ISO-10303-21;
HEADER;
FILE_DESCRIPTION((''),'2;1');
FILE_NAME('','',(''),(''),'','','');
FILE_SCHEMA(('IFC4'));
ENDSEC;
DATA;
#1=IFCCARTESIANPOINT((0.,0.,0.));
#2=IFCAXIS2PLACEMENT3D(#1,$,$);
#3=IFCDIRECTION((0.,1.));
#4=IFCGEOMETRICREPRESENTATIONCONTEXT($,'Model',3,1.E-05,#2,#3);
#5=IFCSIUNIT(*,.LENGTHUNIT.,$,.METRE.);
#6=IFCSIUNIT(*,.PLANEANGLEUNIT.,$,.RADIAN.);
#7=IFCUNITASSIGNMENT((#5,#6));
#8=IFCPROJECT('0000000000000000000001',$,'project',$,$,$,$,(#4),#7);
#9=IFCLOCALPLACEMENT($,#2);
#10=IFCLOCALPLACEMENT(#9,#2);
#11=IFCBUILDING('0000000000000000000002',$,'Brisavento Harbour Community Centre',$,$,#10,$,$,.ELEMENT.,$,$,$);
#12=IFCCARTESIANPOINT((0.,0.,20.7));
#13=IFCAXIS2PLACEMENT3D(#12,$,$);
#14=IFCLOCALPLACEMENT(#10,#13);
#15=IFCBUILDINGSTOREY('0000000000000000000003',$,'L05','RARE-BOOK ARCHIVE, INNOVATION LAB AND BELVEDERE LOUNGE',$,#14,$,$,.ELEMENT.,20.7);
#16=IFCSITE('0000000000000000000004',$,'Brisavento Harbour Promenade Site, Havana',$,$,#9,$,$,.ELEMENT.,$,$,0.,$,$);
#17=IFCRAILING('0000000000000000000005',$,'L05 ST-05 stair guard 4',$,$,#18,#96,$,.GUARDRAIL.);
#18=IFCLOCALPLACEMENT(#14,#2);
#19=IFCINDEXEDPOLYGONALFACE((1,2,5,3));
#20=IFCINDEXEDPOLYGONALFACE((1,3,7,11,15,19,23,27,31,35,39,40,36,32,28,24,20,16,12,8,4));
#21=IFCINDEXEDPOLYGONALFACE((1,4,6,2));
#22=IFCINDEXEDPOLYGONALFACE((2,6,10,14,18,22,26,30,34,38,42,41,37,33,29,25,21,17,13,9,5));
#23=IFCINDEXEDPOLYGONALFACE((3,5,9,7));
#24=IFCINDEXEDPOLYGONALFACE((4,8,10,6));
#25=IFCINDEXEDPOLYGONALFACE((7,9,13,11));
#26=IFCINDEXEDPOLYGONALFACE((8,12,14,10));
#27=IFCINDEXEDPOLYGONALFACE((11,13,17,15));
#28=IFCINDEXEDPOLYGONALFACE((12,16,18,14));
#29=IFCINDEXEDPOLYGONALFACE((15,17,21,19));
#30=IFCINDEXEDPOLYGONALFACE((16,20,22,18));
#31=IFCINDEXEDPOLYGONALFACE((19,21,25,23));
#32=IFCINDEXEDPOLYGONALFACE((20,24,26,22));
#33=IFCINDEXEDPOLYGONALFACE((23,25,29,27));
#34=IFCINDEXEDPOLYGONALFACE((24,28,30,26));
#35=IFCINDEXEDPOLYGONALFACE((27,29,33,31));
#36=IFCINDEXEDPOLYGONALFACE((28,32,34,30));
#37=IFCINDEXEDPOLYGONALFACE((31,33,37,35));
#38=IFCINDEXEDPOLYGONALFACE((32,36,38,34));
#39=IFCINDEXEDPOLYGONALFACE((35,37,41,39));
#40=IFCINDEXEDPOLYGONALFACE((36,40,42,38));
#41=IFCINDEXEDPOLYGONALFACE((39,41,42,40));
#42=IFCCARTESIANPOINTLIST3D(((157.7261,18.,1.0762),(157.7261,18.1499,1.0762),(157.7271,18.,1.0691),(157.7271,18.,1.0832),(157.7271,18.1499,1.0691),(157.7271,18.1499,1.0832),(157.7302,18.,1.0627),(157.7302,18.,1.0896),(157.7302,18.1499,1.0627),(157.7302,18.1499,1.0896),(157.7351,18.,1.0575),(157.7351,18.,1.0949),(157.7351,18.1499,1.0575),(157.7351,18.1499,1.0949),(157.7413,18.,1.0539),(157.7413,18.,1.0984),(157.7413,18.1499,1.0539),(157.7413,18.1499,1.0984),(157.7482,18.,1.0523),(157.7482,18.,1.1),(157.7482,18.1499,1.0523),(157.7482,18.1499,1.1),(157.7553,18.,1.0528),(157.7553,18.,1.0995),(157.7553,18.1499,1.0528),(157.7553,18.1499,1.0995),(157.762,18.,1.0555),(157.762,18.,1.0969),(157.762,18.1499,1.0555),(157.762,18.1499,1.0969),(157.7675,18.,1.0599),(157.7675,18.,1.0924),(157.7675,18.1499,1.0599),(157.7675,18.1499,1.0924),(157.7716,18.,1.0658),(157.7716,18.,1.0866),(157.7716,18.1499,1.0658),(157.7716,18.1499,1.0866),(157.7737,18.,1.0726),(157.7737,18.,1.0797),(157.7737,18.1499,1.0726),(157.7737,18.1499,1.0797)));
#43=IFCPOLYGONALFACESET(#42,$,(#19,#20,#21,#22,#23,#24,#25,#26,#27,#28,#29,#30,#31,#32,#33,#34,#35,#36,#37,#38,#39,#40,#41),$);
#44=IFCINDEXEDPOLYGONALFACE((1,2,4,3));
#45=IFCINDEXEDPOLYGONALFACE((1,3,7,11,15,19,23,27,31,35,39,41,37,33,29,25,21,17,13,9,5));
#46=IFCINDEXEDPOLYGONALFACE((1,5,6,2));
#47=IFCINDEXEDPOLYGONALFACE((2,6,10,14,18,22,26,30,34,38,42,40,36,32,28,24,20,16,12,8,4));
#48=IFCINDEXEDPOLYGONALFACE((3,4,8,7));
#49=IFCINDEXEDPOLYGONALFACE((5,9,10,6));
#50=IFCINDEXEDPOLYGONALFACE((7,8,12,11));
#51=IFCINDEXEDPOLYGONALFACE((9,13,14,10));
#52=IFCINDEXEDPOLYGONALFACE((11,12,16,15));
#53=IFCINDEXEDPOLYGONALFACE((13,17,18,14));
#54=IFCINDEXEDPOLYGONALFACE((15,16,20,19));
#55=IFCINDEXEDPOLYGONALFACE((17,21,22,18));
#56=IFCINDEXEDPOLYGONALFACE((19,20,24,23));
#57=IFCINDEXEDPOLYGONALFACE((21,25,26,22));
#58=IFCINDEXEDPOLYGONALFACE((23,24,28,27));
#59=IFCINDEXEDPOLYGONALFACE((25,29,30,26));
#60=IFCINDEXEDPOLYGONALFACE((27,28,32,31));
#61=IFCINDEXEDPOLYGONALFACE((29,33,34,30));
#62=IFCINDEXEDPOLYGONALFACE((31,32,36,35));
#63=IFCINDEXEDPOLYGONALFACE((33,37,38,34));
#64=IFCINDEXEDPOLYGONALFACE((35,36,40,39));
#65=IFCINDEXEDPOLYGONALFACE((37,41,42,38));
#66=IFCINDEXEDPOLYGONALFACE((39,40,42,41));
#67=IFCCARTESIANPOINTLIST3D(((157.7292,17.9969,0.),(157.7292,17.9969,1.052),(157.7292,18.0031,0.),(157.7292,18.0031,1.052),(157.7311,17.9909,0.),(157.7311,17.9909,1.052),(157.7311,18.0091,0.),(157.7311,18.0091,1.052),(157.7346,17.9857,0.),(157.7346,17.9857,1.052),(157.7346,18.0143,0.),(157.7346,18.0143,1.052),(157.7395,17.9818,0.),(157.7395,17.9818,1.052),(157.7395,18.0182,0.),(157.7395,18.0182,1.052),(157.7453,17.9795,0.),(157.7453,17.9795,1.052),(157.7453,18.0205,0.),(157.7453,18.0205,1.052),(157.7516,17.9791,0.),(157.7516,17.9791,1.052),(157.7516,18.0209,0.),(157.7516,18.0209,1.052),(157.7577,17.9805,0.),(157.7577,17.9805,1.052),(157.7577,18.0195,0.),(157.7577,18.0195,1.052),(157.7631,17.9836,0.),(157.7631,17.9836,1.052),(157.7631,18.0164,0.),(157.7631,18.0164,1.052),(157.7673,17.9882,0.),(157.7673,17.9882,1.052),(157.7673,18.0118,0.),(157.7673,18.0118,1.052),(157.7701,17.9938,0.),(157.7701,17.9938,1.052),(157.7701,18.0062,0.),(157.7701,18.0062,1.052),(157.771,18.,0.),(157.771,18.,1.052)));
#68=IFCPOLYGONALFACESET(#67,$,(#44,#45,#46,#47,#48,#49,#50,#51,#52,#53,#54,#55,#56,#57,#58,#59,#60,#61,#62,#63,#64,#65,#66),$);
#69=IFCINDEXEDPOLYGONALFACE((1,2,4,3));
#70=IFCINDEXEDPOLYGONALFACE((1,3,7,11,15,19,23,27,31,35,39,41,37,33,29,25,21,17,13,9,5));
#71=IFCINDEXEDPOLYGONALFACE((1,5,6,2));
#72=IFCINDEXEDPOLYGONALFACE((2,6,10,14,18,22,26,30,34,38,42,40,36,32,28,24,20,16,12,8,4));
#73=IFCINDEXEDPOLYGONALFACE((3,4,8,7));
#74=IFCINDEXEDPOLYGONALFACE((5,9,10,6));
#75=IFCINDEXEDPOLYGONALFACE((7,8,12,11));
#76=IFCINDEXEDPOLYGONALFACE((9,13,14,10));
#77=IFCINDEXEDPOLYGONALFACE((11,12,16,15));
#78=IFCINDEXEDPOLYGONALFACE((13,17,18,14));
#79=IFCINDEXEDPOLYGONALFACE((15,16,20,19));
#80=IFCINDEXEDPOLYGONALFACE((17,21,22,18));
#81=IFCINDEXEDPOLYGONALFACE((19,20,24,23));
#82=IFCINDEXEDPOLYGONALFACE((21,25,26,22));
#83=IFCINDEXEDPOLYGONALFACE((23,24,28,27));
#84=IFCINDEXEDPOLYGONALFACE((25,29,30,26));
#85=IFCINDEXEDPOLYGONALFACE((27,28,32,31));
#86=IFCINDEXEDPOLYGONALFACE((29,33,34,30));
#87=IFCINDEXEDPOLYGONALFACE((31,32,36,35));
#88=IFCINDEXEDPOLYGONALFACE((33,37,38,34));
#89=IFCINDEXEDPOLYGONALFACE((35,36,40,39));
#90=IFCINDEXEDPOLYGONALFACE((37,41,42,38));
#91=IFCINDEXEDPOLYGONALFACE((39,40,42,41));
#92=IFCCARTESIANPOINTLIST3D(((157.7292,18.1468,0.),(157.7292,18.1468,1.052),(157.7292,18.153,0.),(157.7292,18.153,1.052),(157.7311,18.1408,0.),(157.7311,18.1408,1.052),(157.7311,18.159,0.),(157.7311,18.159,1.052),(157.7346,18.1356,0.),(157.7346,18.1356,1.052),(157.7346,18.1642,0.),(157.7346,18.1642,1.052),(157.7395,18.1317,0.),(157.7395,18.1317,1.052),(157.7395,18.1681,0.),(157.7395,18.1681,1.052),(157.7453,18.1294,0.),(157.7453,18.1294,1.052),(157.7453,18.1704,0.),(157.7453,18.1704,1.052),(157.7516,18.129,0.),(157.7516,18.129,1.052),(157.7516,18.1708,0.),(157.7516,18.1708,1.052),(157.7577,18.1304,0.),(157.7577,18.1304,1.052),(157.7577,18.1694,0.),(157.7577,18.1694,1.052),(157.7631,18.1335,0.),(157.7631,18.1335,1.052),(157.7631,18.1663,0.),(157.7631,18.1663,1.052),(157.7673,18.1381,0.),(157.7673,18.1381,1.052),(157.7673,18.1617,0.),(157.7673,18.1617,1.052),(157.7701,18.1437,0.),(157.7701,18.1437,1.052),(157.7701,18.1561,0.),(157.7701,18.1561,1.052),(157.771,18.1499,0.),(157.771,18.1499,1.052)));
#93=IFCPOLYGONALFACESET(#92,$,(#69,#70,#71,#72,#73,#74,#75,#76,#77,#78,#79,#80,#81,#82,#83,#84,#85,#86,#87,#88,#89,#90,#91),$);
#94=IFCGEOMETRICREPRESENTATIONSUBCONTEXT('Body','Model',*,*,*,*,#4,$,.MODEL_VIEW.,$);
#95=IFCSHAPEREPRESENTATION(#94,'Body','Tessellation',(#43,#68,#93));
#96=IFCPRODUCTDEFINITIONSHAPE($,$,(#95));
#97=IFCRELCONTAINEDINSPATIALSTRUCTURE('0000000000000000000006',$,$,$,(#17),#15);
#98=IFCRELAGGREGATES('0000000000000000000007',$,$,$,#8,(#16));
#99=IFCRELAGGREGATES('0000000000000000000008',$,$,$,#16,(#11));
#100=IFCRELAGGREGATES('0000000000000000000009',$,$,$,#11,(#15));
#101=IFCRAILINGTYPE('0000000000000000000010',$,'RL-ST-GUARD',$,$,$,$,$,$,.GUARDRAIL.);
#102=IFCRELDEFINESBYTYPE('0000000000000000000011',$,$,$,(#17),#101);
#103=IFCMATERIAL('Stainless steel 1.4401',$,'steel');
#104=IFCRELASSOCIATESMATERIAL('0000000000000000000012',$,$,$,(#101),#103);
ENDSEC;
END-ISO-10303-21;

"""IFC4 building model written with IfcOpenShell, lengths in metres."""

from ifc_helpers import new_model, si_unit, direction, frame, origin, origin_2d, place, context, subcontext, project, spatial, circle, extrude, material, type_object, element, save


model = new_model("IFC4")

# Units and contexts
model_context = context("Model", 3, precision=1e-05, world=origin(), true_north=direction((0.0, 1.0)))
body_context = subcontext(model_context, "Body", "Model", "MODEL_VIEW")
ifc_project = project(units=[si_unit("LENGTHUNIT", "METRE"), si_unit("PLANEANGLEUNIT", "RADIAN")], contexts=[model_context])

# Site, building, storey
site_placement = place(None, origin())
site = spatial("IfcSite", under=ifc_project, at=site_placement, Name="Brisavento Harbour Promenade Site, Havana", CompositionType="ELEMENT", RefElevation=0.0)
building_placement = place(site_placement, origin())
building = spatial("IfcBuilding", under=site, at=building_placement, Name="Brisavento Harbour Community Centre", CompositionType="ELEMENT")
storey_placement = place(building_placement, frame((0.0, 0.0, 20.7)))
storey = spatial("IfcBuildingStorey", under=building, at=storey_placement, Name="L05", Description="RARE-BOOK ARCHIVE, INNOVATION LAB AND BELVEDERE LOUNGE", CompositionType="ELEMENT", Elevation=20.7)

# Railing
ifc_material_1 = material(Name="Stainless steel 1.4401", Category="steel")
railing_type_1 = type_object("IfcRailingType", Name="RL-ST-GUARD", PredefinedType="GUARDRAIL", material=ifc_material_1)
railing_1_placement = place(storey_placement, frame((157.75, 18.0, 0.0)))
element("IfcRailing", 1, at=railing_1_placement, inside=storey, type_object=railing_type_1, Name="L05 ST-05 stair guard 4", PredefinedType="GUARDRAIL", context=body_context, shape_type="SweptSolid", body=[
    extrude(circle(Radius=0.0239, at=origin_2d()), frame((0.0, 0.0, 1.0762), z_axis=(0.0, 1.0, 0.0), x_axis=(-1.0, 0.0, 0.0)), (0.0, 0.0, 1.0), 0.1499),
    extrude(circle(Radius=0.021, at=origin_2d()), origin(), (0.0, 0.0, 1.0), 1.052),
    extrude(circle(Radius=0.021, at=origin_2d()), frame((0.0, 0.1499, 0.0)), (0.0, 0.0, 1.0), 1.052),
])

save(model, "model.ifc")
